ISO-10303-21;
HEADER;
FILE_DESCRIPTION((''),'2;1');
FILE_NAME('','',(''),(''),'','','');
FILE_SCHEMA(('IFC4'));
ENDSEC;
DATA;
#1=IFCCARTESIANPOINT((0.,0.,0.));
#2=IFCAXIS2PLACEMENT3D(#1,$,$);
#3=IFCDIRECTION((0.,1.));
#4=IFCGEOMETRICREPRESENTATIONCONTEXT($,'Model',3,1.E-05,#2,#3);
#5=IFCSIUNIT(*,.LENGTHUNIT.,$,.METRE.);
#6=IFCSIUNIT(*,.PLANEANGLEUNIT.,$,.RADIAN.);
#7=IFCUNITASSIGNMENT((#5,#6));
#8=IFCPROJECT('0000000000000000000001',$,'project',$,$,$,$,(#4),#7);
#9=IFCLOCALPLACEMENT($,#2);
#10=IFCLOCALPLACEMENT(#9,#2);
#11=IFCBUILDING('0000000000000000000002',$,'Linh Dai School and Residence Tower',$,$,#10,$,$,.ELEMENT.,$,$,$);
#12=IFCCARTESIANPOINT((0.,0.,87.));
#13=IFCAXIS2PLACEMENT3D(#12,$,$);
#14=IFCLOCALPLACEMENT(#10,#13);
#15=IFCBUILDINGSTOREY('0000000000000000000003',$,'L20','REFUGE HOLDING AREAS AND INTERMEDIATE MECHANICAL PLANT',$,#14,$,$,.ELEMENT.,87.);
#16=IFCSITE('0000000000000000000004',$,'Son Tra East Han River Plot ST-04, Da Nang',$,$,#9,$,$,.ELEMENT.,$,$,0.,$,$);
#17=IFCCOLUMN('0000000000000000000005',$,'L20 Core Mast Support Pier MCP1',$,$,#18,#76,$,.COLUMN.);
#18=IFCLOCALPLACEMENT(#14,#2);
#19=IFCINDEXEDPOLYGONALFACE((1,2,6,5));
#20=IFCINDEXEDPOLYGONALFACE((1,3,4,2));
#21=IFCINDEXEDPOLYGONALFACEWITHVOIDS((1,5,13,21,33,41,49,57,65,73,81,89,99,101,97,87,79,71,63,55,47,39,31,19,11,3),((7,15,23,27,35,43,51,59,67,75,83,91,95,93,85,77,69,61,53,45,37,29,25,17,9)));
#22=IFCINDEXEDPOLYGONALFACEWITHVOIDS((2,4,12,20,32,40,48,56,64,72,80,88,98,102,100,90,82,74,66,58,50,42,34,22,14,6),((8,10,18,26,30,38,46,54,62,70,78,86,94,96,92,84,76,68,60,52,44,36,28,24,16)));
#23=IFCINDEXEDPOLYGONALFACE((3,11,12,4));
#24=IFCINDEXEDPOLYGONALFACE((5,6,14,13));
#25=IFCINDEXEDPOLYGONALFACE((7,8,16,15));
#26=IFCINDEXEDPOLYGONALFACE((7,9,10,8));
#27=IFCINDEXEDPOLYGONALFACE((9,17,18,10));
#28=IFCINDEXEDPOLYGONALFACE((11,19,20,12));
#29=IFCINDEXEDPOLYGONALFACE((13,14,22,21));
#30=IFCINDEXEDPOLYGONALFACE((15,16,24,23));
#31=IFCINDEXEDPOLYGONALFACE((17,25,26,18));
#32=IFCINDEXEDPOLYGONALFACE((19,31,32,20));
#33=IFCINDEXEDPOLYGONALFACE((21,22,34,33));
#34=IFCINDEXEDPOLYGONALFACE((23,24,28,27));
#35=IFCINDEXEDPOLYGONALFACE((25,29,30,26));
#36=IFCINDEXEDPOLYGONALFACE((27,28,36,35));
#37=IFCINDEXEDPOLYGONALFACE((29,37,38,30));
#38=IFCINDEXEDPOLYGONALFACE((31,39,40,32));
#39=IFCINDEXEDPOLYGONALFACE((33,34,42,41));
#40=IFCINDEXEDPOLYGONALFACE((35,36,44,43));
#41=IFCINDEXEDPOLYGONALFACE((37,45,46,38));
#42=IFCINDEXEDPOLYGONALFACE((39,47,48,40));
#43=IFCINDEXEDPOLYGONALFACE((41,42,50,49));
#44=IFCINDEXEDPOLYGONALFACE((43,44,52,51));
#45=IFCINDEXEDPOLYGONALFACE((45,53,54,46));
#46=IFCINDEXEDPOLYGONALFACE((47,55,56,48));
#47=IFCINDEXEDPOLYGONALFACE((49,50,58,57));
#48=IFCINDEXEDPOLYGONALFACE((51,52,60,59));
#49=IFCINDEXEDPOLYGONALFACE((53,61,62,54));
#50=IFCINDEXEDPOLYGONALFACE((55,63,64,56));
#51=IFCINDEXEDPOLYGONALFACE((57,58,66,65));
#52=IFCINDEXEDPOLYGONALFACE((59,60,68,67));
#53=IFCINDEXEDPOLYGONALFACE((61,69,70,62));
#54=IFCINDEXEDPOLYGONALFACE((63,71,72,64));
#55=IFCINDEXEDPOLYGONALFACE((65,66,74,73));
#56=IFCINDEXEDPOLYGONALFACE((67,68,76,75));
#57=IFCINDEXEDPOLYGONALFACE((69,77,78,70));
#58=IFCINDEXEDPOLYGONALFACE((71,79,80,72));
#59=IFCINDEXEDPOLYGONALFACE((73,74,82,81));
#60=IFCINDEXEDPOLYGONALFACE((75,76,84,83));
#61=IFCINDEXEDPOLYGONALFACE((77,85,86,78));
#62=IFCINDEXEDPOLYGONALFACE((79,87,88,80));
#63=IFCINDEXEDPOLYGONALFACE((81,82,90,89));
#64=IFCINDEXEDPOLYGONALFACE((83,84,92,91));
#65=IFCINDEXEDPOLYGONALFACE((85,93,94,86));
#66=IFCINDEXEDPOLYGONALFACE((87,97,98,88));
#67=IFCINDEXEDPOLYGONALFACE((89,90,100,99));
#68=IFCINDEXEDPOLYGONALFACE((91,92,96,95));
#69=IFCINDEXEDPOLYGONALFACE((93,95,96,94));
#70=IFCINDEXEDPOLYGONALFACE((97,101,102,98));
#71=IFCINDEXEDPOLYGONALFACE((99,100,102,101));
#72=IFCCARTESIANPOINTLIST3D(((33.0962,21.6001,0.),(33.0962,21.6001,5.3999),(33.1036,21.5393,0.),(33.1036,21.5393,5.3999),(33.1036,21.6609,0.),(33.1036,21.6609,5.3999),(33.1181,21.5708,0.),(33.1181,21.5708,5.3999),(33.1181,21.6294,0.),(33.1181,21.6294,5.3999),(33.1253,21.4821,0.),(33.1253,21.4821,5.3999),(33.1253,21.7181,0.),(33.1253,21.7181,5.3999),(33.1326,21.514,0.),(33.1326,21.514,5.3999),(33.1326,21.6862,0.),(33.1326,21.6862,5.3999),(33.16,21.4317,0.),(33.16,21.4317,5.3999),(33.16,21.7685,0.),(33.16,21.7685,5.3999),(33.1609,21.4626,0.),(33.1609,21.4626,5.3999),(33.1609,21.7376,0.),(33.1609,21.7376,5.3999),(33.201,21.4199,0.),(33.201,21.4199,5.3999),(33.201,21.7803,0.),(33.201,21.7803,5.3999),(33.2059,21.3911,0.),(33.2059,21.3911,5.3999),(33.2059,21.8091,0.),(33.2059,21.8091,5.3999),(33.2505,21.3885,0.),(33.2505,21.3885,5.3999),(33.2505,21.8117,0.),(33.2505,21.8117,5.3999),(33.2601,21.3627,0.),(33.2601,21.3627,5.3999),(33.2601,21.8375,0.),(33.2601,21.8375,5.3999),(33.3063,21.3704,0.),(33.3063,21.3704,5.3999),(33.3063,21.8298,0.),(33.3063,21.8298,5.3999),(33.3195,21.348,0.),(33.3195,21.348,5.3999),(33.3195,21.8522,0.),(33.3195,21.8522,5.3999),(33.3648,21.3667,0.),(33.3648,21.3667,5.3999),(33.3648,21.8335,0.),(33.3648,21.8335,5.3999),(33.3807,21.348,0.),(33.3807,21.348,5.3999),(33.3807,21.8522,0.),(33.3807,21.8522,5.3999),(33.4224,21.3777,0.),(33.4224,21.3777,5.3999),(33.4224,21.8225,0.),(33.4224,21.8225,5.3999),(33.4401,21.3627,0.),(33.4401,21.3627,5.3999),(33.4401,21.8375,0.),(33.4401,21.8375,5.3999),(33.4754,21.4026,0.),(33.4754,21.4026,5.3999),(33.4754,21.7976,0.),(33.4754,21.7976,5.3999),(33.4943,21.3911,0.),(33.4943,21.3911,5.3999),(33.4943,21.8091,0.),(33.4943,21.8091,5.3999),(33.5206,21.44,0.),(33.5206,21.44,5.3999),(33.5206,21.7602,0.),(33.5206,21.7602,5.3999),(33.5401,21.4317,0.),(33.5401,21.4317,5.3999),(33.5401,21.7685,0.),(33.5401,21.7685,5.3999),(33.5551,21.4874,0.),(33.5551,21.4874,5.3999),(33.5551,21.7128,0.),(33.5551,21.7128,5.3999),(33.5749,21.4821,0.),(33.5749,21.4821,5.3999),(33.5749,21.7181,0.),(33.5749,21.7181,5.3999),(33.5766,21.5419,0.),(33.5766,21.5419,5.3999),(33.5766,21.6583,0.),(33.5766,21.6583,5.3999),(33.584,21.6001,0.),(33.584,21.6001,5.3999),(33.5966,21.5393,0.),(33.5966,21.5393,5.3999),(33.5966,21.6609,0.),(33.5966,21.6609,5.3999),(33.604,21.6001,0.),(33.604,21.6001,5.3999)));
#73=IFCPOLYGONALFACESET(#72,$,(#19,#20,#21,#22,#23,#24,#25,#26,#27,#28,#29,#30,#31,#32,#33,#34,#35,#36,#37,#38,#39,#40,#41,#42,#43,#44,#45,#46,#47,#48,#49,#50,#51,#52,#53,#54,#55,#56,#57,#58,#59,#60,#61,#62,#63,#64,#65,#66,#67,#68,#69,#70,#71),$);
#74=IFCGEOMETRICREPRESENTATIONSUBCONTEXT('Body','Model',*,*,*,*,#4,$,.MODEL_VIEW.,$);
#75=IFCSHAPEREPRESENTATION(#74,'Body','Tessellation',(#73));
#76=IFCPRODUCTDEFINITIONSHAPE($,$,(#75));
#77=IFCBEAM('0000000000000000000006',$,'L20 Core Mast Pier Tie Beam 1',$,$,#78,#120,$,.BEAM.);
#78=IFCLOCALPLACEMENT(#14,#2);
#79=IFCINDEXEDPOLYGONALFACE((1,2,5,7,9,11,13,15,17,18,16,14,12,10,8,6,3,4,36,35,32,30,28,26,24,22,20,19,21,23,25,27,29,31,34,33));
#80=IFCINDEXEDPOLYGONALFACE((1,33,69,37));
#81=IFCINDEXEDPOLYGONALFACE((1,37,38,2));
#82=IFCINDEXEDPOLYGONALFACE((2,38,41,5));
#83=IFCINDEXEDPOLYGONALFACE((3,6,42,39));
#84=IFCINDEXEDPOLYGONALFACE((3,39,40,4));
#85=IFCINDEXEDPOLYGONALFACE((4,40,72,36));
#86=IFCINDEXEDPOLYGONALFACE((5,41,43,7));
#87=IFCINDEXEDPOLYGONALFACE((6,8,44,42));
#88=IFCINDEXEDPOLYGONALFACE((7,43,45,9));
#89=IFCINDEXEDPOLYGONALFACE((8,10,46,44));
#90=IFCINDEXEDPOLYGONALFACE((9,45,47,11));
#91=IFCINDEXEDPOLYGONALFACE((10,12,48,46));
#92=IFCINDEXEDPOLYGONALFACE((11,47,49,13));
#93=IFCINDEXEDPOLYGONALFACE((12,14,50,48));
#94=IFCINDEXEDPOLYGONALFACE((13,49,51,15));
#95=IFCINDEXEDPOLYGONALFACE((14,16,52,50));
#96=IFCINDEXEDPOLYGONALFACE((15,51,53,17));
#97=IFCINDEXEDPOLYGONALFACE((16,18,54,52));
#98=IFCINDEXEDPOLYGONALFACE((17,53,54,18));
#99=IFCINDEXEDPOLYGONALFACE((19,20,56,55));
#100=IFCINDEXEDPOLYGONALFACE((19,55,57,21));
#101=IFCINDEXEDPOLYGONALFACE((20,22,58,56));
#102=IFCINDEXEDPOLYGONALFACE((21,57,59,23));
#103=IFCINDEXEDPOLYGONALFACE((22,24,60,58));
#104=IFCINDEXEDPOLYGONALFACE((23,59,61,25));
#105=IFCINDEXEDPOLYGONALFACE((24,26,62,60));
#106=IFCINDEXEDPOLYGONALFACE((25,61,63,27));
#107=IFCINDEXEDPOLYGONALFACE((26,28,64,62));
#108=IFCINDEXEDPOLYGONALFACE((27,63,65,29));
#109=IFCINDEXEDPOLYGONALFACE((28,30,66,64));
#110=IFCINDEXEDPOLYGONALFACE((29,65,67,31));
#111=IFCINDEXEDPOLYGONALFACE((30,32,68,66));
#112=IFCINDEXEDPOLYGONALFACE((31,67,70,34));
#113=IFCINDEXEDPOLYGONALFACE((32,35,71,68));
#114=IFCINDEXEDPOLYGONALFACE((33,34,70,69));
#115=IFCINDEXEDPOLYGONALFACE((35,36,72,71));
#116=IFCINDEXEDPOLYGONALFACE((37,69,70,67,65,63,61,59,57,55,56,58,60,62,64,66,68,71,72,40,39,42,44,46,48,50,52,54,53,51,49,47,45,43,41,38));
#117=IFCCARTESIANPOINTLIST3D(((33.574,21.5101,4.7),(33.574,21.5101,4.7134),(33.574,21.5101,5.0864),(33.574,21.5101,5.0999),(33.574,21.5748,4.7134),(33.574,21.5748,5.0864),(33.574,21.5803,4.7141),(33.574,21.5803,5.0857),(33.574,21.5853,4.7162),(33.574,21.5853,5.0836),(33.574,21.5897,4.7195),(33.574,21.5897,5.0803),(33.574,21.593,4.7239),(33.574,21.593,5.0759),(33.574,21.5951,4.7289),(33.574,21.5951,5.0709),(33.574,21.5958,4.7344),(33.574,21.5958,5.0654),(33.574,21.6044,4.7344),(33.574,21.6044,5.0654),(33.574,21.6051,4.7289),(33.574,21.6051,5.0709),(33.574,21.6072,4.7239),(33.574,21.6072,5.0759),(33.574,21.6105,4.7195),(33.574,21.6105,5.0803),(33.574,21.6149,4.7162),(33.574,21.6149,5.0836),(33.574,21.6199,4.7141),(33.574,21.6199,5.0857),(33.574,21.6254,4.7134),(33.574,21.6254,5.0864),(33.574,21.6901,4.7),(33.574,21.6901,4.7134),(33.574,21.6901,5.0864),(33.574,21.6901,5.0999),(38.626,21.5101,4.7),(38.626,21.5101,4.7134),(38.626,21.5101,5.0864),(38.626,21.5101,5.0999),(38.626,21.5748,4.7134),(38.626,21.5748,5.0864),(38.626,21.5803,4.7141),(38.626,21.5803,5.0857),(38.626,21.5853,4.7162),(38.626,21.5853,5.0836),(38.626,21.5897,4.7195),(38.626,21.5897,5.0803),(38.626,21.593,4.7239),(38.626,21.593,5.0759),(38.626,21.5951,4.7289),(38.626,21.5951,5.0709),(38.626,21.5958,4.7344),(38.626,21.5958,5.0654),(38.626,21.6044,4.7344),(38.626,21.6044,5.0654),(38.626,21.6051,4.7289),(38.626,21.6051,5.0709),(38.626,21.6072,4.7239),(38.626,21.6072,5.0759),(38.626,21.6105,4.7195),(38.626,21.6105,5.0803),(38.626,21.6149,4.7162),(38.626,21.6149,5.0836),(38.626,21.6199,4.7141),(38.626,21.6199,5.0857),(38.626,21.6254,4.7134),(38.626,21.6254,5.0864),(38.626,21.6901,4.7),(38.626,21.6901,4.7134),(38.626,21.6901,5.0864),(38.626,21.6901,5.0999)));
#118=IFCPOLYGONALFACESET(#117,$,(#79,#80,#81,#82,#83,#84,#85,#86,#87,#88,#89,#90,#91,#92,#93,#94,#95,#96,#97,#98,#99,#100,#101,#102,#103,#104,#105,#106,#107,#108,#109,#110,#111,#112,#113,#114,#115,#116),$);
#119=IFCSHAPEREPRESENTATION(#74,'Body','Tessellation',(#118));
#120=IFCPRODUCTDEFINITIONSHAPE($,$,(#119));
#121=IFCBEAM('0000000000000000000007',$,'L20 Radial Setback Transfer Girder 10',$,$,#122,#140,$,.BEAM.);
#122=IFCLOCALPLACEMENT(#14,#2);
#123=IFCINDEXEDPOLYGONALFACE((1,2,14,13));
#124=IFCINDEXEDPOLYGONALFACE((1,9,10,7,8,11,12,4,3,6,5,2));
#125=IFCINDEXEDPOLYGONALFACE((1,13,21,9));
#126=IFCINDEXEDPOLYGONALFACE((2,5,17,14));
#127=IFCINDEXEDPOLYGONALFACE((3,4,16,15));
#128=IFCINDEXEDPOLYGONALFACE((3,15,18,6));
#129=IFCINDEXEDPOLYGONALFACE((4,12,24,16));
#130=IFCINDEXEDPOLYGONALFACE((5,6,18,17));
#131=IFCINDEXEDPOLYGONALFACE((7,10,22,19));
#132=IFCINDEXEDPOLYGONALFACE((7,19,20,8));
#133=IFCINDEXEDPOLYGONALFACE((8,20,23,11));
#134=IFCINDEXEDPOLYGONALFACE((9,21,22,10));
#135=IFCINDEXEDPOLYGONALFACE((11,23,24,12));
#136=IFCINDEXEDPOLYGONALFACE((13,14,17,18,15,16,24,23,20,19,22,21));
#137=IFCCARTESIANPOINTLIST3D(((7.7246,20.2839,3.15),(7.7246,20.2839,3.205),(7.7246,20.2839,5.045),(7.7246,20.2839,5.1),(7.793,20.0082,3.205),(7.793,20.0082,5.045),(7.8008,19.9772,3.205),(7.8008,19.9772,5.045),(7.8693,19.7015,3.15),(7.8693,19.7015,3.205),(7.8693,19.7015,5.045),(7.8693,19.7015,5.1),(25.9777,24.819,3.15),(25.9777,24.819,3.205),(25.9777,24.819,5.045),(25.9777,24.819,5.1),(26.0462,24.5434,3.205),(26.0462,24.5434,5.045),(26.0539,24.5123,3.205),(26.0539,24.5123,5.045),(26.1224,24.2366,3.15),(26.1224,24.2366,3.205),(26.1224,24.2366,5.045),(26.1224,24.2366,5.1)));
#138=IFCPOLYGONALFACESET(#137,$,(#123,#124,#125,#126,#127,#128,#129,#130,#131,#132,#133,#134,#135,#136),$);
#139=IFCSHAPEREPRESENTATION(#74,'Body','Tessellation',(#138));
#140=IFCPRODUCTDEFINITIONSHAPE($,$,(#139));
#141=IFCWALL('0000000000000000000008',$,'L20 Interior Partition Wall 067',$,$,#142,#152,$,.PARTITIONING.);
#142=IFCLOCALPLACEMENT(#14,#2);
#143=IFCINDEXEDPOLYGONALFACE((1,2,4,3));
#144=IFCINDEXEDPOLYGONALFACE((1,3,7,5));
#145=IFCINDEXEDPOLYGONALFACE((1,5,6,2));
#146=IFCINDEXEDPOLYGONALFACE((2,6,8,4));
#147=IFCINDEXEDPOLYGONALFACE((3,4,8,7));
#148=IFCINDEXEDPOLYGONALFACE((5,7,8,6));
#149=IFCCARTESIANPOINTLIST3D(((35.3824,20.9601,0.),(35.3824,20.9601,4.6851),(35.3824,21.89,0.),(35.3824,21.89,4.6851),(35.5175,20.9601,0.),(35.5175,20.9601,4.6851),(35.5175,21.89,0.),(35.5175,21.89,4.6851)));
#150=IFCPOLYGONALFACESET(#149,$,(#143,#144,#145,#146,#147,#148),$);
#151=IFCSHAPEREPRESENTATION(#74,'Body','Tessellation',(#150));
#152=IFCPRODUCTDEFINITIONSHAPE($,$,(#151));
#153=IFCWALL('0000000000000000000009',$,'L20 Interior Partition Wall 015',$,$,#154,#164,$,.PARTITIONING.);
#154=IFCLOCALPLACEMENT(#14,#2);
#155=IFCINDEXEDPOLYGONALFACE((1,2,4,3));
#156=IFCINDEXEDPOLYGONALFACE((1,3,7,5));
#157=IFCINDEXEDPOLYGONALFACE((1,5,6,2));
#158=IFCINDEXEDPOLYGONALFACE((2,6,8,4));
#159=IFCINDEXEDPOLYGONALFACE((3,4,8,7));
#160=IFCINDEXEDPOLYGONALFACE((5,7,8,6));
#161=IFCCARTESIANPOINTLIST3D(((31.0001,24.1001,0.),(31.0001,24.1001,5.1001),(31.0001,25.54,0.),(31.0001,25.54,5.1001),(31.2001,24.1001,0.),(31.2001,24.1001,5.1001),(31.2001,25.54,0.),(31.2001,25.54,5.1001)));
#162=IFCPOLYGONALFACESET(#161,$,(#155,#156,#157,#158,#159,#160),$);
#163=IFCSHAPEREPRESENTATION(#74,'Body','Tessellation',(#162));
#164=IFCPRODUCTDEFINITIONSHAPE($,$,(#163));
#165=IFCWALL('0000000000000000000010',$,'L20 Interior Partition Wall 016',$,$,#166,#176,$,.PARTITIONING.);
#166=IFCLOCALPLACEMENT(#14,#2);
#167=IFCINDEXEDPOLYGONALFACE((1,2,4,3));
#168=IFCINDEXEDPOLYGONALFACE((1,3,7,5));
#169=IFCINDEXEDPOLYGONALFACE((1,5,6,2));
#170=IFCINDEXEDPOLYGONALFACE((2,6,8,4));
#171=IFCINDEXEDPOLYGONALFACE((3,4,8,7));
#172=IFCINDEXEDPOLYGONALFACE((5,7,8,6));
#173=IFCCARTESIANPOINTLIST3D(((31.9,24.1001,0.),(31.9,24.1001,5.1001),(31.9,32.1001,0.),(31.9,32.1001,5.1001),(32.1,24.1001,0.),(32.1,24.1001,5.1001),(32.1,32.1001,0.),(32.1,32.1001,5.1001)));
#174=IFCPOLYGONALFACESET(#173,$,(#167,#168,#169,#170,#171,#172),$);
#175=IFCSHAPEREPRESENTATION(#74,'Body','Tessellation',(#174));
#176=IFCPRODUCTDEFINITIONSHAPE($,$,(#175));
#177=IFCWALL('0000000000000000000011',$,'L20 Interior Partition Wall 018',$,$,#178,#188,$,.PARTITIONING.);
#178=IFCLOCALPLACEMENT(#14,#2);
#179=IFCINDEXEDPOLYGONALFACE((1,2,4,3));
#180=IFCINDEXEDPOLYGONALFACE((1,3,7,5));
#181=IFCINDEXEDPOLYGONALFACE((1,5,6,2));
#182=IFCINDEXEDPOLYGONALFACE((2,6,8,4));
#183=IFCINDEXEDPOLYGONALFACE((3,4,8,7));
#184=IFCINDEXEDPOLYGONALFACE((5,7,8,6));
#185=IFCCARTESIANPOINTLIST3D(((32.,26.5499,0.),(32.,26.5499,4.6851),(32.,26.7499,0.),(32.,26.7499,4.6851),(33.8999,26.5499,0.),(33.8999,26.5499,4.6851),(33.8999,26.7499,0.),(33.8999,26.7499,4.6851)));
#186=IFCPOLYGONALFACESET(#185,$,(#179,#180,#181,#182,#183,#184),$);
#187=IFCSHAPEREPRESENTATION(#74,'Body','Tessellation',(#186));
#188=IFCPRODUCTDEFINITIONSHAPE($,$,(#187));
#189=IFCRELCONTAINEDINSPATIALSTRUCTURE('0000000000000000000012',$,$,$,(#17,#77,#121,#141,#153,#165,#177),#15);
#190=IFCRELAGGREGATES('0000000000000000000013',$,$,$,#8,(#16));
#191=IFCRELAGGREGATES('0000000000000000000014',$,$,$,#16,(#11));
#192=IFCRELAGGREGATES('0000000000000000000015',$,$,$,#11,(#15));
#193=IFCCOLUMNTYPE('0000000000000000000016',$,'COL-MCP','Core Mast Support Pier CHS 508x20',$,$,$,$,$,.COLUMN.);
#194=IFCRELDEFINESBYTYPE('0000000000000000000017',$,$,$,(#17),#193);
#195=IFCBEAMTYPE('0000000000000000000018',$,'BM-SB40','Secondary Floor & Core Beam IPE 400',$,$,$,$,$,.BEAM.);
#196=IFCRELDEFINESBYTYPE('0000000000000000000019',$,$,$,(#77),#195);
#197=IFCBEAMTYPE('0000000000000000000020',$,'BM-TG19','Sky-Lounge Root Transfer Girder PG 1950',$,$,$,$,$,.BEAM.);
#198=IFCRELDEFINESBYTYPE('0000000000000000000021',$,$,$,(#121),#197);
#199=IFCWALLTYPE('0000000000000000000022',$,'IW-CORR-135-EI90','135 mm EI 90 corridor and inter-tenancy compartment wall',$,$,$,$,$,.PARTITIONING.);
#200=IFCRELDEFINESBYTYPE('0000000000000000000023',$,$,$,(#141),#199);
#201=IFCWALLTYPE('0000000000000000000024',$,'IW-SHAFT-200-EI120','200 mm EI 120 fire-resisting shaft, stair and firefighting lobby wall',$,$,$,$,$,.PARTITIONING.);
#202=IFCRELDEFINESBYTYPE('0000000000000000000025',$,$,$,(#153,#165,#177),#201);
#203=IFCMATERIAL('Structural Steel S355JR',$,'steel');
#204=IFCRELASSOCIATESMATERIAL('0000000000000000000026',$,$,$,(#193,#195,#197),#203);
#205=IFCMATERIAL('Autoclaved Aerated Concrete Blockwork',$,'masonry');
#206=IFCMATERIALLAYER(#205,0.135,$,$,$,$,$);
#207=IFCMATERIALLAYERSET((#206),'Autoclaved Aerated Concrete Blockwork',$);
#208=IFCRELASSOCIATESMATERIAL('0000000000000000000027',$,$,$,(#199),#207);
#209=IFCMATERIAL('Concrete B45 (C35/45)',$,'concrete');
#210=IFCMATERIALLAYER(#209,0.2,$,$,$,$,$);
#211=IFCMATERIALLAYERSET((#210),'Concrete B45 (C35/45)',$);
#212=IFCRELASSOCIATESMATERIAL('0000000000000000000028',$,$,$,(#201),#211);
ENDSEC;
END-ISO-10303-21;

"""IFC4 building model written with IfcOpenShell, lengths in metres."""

from ifc_helpers import new_model, si_unit, direction, frame, frame_2d, origin, origin_2d, place, context, subcontext, project, spatial, rectangle, hollow_circle, i_section, extrude, material, layer, layer_set, material_profile, profile_set, type_object, element, save


model = new_model("IFC4")

# Units and contexts
model_context = context("Model", 3, precision=1e-05, world=origin(), true_north=direction((0.0, 1.0)))
body_context = subcontext(model_context, "Body", "Model", "MODEL_VIEW")
ifc_project = project(units=[si_unit("LENGTHUNIT", "METRE"), si_unit("PLANEANGLEUNIT", "RADIAN")], contexts=[model_context])

# Site, building, storey
site_placement = place(None, origin())
site = spatial("IfcSite", under=ifc_project, at=site_placement, Name="Son Tra East Han River Plot ST-04, Da Nang", CompositionType="ELEMENT", RefElevation=0.0)
building_placement = place(site_placement, origin())
building = spatial("IfcBuilding", under=site, at=building_placement, Name="Linh Dai School and Residence Tower", CompositionType="ELEMENT")
storey_placement = place(building_placement, frame((0.0, 0.0, 87.0)))
storey = spatial("IfcBuildingStorey", under=building, at=storey_placement, Name="L20", Description="REFUGE HOLDING AREAS AND INTERMEDIATE MECHANICAL PLANT", CompositionType="ELEMENT", Elevation=87.0)

# Column
ifc_material_1 = material(Name="Structural Steel S355JR", Category="steel")
ifc_material_profile_1 = material_profile(ifc_material_1, hollow_circle(Radius=0.2539, WallThickness=0.02, at=origin_2d()), Name="CHS 508x20")
ifc_profile_set_1 = profile_set([ifc_material_profile_1], Name="Structural Steel S355JR")
column_type_1 = type_object("IfcColumnType", Name="COL-MCP", Description="Core Mast Support Pier CHS 508x20", PredefinedType="COLUMN", material=ifc_profile_set_1)
column_placement = place(storey_placement, frame((33.3501, 21.6001, 0.0), z_axis=(0.0, 0.0, 1.0), x_axis=(1.0, 0.0, 0.0)))
element("IfcColumn", 1, at=column_placement, inside=storey, type_object=column_type_1, Name="L20 Core Mast Support Pier MCP1", PredefinedType="COLUMN", context=body_context, shape_type="SweptSolid", body=[
    extrude(hollow_circle(Radius=0.2539, WallThickness=0.02, at=origin_2d()), origin(), (0.0, 0.0, 1.0), 5.3999),
])

# Beams
ifc_material_profile_2 = material_profile(ifc_material_1, i_section(OverallWidth=0.1799, OverallDepth=0.3999, WebThickness=0.0085, FlangeThickness=0.0134, FilletRadius=0.021, at=origin_2d()), Name="IPE 400")
ifc_profile_set_2 = profile_set([ifc_material_profile_2], Name="Structural Steel S355JR")
beam_type_1 = type_object("IfcBeamType", Name="BM-SB40", Description="Secondary Floor & Core Beam IPE 400", PredefinedType="BEAM", material=ifc_profile_set_2)
beam_1_placement = place(storey_placement, frame((33.574, 21.6001, 4.8999), z_axis=(1.0, 0.0, 0.0), x_axis=(0.0, 1.0, 0.0)))
element("IfcBeam", 2, at=beam_1_placement, inside=storey, type_object=beam_type_1, Name="L20 Core Mast Pier Tie Beam 1", PredefinedType="BEAM", context=body_context, shape_type="SweptSolid", body=[
    extrude(i_section(OverallWidth=0.1799, OverallDepth=0.3999, WebThickness=0.0085, FlangeThickness=0.0134, FilletRadius=0.021, at=origin_2d()), origin(), (0.0, 0.0, 1.0), 5.052),
])
ifc_material_profile_3 = material_profile(ifc_material_1, i_section(OverallWidth=0.6001, OverallDepth=1.95, WebThickness=0.032, FlangeThickness=0.0549, at=origin_2d()), Name="PG 1950x600x32x55")
ifc_profile_set_3 = profile_set([ifc_material_profile_3], Name="Structural Steel S355JR")
beam_type_2 = type_object("IfcBeamType", Name="BM-TG19", Description="Sky-Lounge Root Transfer Girder PG 1950", PredefinedType="BEAM", material=ifc_profile_set_3)
beam_2_placement = place(storey_placement, frame((26.05, 24.5278, 4.125), z_axis=(-0.970493, -0.241127, 0.0), x_axis=(0.241127, -0.970493, 0.0)))
element("IfcBeam", 3, at=beam_2_placement, inside=storey, type_object=beam_type_2, Name="L20 Radial Setback Transfer Girder 10", PredefinedType="BEAM", context=body_context, shape_type="SweptSolid", body=[
    extrude(i_section(OverallWidth=0.6001, OverallDepth=1.95, WebThickness=0.032, FlangeThickness=0.0549, at=origin_2d()), origin(), (0.0, 0.0, 1.0), 18.8081),
])

# Wall
ifc_material_2 = material(Name="Autoclaved Aerated Concrete Blockwork", Category="masonry")
ifc_layer_1 = layer(ifc_material_2, 0.135)
ifc_layer_set_1 = layer_set([ifc_layer_1], Name="Autoclaved Aerated Concrete Blockwork")
wall_type_1 = type_object("IfcWallType", Name="IW-CORR-135-EI90", Description="135 mm EI 90 corridor and inter-tenancy compartment wall", PredefinedType="PARTITIONING", material=ifc_layer_set_1)
wall_1_placement = place(storey_placement, frame((35.45, 21.8899, 0.0), z_axis=(0.0, 0.0, 1.0), x_axis=(0.0, -1.0, 0.0)))
element("IfcWall", 4, at=wall_1_placement, inside=storey, type_object=wall_type_1, Name="L20 Interior Partition Wall 067", PredefinedType="PARTITIONING", context=body_context, shape_type="SweptSolid", body=[
    extrude(rectangle(XDim=0.9299, YDim=0.135, at=frame_2d((0.4648, 0.0))), origin(), (0.0, 0.0, 1.0), 4.6851),
])

# Shared definitions
ifc_material_3 = material(Name="Concrete B45 (C35/45)", Category="concrete")
ifc_layer_2 = layer(ifc_material_3, 0.2)
ifc_layer_set_2 = layer_set([ifc_layer_2], Name="Concrete B45 (C35/45)")
wall_type_2 = type_object("IfcWallType", Name="IW-SHAFT-200-EI120", Description="200 mm EI 120 fire-resisting shaft, stair and firefighting lobby wall", PredefinedType="PARTITIONING", material=ifc_layer_set_2)

# Walls
wall_2_placement = place(storey_placement, frame((31.1001, 24.1001, 0.0), z_axis=(0.0, 0.0, 1.0), x_axis=(0.0, 1.0, 0.0)))
element("IfcWall", 5, at=wall_2_placement, inside=storey, type_object=wall_type_2, Name="L20 Interior Partition Wall 015", PredefinedType="PARTITIONING", context=body_context, shape_type="SweptSolid", body=[
    extrude(rectangle(XDim=1.4399, YDim=0.2, at=frame_2d((0.72, 0.0))), origin(), (0.0, 0.0, 1.0), 5.1001),
])
wall_3_placement = place(storey_placement, frame((32.0, 24.1001, 0.0), z_axis=(0.0, 0.0, 1.0), x_axis=(0.0, 1.0, 0.0)))
element("IfcWall", 6, at=wall_3_placement, inside=storey, type_object=wall_type_2, Name="L20 Interior Partition Wall 016", PredefinedType="PARTITIONING", context=body_context, shape_type="SweptSolid", body=[
    extrude(rectangle(XDim=8.0, YDim=0.2, at=frame_2d((4.0, 0.0))), origin(), (0.0, 0.0, 1.0), 5.1001),
])

# Wall
wall_4_placement = place(storey_placement, frame((32.0, 26.6499, 0.0), z_axis=(0.0, 0.0, 1.0), x_axis=(1.0, 0.0, 0.0)))
element("IfcWall", 7, at=wall_4_placement, inside=storey, type_object=wall_type_2, Name="L20 Interior Partition Wall 018", PredefinedType="PARTITIONING", context=body_context, shape_type="SweptSolid", body=[
    extrude(rectangle(XDim=1.8999, YDim=0.2, at=frame_2d((0.95, 0.0))), origin(), (0.0, 0.0, 1.0), 4.6851),
])

save(model, "model.ifc")
